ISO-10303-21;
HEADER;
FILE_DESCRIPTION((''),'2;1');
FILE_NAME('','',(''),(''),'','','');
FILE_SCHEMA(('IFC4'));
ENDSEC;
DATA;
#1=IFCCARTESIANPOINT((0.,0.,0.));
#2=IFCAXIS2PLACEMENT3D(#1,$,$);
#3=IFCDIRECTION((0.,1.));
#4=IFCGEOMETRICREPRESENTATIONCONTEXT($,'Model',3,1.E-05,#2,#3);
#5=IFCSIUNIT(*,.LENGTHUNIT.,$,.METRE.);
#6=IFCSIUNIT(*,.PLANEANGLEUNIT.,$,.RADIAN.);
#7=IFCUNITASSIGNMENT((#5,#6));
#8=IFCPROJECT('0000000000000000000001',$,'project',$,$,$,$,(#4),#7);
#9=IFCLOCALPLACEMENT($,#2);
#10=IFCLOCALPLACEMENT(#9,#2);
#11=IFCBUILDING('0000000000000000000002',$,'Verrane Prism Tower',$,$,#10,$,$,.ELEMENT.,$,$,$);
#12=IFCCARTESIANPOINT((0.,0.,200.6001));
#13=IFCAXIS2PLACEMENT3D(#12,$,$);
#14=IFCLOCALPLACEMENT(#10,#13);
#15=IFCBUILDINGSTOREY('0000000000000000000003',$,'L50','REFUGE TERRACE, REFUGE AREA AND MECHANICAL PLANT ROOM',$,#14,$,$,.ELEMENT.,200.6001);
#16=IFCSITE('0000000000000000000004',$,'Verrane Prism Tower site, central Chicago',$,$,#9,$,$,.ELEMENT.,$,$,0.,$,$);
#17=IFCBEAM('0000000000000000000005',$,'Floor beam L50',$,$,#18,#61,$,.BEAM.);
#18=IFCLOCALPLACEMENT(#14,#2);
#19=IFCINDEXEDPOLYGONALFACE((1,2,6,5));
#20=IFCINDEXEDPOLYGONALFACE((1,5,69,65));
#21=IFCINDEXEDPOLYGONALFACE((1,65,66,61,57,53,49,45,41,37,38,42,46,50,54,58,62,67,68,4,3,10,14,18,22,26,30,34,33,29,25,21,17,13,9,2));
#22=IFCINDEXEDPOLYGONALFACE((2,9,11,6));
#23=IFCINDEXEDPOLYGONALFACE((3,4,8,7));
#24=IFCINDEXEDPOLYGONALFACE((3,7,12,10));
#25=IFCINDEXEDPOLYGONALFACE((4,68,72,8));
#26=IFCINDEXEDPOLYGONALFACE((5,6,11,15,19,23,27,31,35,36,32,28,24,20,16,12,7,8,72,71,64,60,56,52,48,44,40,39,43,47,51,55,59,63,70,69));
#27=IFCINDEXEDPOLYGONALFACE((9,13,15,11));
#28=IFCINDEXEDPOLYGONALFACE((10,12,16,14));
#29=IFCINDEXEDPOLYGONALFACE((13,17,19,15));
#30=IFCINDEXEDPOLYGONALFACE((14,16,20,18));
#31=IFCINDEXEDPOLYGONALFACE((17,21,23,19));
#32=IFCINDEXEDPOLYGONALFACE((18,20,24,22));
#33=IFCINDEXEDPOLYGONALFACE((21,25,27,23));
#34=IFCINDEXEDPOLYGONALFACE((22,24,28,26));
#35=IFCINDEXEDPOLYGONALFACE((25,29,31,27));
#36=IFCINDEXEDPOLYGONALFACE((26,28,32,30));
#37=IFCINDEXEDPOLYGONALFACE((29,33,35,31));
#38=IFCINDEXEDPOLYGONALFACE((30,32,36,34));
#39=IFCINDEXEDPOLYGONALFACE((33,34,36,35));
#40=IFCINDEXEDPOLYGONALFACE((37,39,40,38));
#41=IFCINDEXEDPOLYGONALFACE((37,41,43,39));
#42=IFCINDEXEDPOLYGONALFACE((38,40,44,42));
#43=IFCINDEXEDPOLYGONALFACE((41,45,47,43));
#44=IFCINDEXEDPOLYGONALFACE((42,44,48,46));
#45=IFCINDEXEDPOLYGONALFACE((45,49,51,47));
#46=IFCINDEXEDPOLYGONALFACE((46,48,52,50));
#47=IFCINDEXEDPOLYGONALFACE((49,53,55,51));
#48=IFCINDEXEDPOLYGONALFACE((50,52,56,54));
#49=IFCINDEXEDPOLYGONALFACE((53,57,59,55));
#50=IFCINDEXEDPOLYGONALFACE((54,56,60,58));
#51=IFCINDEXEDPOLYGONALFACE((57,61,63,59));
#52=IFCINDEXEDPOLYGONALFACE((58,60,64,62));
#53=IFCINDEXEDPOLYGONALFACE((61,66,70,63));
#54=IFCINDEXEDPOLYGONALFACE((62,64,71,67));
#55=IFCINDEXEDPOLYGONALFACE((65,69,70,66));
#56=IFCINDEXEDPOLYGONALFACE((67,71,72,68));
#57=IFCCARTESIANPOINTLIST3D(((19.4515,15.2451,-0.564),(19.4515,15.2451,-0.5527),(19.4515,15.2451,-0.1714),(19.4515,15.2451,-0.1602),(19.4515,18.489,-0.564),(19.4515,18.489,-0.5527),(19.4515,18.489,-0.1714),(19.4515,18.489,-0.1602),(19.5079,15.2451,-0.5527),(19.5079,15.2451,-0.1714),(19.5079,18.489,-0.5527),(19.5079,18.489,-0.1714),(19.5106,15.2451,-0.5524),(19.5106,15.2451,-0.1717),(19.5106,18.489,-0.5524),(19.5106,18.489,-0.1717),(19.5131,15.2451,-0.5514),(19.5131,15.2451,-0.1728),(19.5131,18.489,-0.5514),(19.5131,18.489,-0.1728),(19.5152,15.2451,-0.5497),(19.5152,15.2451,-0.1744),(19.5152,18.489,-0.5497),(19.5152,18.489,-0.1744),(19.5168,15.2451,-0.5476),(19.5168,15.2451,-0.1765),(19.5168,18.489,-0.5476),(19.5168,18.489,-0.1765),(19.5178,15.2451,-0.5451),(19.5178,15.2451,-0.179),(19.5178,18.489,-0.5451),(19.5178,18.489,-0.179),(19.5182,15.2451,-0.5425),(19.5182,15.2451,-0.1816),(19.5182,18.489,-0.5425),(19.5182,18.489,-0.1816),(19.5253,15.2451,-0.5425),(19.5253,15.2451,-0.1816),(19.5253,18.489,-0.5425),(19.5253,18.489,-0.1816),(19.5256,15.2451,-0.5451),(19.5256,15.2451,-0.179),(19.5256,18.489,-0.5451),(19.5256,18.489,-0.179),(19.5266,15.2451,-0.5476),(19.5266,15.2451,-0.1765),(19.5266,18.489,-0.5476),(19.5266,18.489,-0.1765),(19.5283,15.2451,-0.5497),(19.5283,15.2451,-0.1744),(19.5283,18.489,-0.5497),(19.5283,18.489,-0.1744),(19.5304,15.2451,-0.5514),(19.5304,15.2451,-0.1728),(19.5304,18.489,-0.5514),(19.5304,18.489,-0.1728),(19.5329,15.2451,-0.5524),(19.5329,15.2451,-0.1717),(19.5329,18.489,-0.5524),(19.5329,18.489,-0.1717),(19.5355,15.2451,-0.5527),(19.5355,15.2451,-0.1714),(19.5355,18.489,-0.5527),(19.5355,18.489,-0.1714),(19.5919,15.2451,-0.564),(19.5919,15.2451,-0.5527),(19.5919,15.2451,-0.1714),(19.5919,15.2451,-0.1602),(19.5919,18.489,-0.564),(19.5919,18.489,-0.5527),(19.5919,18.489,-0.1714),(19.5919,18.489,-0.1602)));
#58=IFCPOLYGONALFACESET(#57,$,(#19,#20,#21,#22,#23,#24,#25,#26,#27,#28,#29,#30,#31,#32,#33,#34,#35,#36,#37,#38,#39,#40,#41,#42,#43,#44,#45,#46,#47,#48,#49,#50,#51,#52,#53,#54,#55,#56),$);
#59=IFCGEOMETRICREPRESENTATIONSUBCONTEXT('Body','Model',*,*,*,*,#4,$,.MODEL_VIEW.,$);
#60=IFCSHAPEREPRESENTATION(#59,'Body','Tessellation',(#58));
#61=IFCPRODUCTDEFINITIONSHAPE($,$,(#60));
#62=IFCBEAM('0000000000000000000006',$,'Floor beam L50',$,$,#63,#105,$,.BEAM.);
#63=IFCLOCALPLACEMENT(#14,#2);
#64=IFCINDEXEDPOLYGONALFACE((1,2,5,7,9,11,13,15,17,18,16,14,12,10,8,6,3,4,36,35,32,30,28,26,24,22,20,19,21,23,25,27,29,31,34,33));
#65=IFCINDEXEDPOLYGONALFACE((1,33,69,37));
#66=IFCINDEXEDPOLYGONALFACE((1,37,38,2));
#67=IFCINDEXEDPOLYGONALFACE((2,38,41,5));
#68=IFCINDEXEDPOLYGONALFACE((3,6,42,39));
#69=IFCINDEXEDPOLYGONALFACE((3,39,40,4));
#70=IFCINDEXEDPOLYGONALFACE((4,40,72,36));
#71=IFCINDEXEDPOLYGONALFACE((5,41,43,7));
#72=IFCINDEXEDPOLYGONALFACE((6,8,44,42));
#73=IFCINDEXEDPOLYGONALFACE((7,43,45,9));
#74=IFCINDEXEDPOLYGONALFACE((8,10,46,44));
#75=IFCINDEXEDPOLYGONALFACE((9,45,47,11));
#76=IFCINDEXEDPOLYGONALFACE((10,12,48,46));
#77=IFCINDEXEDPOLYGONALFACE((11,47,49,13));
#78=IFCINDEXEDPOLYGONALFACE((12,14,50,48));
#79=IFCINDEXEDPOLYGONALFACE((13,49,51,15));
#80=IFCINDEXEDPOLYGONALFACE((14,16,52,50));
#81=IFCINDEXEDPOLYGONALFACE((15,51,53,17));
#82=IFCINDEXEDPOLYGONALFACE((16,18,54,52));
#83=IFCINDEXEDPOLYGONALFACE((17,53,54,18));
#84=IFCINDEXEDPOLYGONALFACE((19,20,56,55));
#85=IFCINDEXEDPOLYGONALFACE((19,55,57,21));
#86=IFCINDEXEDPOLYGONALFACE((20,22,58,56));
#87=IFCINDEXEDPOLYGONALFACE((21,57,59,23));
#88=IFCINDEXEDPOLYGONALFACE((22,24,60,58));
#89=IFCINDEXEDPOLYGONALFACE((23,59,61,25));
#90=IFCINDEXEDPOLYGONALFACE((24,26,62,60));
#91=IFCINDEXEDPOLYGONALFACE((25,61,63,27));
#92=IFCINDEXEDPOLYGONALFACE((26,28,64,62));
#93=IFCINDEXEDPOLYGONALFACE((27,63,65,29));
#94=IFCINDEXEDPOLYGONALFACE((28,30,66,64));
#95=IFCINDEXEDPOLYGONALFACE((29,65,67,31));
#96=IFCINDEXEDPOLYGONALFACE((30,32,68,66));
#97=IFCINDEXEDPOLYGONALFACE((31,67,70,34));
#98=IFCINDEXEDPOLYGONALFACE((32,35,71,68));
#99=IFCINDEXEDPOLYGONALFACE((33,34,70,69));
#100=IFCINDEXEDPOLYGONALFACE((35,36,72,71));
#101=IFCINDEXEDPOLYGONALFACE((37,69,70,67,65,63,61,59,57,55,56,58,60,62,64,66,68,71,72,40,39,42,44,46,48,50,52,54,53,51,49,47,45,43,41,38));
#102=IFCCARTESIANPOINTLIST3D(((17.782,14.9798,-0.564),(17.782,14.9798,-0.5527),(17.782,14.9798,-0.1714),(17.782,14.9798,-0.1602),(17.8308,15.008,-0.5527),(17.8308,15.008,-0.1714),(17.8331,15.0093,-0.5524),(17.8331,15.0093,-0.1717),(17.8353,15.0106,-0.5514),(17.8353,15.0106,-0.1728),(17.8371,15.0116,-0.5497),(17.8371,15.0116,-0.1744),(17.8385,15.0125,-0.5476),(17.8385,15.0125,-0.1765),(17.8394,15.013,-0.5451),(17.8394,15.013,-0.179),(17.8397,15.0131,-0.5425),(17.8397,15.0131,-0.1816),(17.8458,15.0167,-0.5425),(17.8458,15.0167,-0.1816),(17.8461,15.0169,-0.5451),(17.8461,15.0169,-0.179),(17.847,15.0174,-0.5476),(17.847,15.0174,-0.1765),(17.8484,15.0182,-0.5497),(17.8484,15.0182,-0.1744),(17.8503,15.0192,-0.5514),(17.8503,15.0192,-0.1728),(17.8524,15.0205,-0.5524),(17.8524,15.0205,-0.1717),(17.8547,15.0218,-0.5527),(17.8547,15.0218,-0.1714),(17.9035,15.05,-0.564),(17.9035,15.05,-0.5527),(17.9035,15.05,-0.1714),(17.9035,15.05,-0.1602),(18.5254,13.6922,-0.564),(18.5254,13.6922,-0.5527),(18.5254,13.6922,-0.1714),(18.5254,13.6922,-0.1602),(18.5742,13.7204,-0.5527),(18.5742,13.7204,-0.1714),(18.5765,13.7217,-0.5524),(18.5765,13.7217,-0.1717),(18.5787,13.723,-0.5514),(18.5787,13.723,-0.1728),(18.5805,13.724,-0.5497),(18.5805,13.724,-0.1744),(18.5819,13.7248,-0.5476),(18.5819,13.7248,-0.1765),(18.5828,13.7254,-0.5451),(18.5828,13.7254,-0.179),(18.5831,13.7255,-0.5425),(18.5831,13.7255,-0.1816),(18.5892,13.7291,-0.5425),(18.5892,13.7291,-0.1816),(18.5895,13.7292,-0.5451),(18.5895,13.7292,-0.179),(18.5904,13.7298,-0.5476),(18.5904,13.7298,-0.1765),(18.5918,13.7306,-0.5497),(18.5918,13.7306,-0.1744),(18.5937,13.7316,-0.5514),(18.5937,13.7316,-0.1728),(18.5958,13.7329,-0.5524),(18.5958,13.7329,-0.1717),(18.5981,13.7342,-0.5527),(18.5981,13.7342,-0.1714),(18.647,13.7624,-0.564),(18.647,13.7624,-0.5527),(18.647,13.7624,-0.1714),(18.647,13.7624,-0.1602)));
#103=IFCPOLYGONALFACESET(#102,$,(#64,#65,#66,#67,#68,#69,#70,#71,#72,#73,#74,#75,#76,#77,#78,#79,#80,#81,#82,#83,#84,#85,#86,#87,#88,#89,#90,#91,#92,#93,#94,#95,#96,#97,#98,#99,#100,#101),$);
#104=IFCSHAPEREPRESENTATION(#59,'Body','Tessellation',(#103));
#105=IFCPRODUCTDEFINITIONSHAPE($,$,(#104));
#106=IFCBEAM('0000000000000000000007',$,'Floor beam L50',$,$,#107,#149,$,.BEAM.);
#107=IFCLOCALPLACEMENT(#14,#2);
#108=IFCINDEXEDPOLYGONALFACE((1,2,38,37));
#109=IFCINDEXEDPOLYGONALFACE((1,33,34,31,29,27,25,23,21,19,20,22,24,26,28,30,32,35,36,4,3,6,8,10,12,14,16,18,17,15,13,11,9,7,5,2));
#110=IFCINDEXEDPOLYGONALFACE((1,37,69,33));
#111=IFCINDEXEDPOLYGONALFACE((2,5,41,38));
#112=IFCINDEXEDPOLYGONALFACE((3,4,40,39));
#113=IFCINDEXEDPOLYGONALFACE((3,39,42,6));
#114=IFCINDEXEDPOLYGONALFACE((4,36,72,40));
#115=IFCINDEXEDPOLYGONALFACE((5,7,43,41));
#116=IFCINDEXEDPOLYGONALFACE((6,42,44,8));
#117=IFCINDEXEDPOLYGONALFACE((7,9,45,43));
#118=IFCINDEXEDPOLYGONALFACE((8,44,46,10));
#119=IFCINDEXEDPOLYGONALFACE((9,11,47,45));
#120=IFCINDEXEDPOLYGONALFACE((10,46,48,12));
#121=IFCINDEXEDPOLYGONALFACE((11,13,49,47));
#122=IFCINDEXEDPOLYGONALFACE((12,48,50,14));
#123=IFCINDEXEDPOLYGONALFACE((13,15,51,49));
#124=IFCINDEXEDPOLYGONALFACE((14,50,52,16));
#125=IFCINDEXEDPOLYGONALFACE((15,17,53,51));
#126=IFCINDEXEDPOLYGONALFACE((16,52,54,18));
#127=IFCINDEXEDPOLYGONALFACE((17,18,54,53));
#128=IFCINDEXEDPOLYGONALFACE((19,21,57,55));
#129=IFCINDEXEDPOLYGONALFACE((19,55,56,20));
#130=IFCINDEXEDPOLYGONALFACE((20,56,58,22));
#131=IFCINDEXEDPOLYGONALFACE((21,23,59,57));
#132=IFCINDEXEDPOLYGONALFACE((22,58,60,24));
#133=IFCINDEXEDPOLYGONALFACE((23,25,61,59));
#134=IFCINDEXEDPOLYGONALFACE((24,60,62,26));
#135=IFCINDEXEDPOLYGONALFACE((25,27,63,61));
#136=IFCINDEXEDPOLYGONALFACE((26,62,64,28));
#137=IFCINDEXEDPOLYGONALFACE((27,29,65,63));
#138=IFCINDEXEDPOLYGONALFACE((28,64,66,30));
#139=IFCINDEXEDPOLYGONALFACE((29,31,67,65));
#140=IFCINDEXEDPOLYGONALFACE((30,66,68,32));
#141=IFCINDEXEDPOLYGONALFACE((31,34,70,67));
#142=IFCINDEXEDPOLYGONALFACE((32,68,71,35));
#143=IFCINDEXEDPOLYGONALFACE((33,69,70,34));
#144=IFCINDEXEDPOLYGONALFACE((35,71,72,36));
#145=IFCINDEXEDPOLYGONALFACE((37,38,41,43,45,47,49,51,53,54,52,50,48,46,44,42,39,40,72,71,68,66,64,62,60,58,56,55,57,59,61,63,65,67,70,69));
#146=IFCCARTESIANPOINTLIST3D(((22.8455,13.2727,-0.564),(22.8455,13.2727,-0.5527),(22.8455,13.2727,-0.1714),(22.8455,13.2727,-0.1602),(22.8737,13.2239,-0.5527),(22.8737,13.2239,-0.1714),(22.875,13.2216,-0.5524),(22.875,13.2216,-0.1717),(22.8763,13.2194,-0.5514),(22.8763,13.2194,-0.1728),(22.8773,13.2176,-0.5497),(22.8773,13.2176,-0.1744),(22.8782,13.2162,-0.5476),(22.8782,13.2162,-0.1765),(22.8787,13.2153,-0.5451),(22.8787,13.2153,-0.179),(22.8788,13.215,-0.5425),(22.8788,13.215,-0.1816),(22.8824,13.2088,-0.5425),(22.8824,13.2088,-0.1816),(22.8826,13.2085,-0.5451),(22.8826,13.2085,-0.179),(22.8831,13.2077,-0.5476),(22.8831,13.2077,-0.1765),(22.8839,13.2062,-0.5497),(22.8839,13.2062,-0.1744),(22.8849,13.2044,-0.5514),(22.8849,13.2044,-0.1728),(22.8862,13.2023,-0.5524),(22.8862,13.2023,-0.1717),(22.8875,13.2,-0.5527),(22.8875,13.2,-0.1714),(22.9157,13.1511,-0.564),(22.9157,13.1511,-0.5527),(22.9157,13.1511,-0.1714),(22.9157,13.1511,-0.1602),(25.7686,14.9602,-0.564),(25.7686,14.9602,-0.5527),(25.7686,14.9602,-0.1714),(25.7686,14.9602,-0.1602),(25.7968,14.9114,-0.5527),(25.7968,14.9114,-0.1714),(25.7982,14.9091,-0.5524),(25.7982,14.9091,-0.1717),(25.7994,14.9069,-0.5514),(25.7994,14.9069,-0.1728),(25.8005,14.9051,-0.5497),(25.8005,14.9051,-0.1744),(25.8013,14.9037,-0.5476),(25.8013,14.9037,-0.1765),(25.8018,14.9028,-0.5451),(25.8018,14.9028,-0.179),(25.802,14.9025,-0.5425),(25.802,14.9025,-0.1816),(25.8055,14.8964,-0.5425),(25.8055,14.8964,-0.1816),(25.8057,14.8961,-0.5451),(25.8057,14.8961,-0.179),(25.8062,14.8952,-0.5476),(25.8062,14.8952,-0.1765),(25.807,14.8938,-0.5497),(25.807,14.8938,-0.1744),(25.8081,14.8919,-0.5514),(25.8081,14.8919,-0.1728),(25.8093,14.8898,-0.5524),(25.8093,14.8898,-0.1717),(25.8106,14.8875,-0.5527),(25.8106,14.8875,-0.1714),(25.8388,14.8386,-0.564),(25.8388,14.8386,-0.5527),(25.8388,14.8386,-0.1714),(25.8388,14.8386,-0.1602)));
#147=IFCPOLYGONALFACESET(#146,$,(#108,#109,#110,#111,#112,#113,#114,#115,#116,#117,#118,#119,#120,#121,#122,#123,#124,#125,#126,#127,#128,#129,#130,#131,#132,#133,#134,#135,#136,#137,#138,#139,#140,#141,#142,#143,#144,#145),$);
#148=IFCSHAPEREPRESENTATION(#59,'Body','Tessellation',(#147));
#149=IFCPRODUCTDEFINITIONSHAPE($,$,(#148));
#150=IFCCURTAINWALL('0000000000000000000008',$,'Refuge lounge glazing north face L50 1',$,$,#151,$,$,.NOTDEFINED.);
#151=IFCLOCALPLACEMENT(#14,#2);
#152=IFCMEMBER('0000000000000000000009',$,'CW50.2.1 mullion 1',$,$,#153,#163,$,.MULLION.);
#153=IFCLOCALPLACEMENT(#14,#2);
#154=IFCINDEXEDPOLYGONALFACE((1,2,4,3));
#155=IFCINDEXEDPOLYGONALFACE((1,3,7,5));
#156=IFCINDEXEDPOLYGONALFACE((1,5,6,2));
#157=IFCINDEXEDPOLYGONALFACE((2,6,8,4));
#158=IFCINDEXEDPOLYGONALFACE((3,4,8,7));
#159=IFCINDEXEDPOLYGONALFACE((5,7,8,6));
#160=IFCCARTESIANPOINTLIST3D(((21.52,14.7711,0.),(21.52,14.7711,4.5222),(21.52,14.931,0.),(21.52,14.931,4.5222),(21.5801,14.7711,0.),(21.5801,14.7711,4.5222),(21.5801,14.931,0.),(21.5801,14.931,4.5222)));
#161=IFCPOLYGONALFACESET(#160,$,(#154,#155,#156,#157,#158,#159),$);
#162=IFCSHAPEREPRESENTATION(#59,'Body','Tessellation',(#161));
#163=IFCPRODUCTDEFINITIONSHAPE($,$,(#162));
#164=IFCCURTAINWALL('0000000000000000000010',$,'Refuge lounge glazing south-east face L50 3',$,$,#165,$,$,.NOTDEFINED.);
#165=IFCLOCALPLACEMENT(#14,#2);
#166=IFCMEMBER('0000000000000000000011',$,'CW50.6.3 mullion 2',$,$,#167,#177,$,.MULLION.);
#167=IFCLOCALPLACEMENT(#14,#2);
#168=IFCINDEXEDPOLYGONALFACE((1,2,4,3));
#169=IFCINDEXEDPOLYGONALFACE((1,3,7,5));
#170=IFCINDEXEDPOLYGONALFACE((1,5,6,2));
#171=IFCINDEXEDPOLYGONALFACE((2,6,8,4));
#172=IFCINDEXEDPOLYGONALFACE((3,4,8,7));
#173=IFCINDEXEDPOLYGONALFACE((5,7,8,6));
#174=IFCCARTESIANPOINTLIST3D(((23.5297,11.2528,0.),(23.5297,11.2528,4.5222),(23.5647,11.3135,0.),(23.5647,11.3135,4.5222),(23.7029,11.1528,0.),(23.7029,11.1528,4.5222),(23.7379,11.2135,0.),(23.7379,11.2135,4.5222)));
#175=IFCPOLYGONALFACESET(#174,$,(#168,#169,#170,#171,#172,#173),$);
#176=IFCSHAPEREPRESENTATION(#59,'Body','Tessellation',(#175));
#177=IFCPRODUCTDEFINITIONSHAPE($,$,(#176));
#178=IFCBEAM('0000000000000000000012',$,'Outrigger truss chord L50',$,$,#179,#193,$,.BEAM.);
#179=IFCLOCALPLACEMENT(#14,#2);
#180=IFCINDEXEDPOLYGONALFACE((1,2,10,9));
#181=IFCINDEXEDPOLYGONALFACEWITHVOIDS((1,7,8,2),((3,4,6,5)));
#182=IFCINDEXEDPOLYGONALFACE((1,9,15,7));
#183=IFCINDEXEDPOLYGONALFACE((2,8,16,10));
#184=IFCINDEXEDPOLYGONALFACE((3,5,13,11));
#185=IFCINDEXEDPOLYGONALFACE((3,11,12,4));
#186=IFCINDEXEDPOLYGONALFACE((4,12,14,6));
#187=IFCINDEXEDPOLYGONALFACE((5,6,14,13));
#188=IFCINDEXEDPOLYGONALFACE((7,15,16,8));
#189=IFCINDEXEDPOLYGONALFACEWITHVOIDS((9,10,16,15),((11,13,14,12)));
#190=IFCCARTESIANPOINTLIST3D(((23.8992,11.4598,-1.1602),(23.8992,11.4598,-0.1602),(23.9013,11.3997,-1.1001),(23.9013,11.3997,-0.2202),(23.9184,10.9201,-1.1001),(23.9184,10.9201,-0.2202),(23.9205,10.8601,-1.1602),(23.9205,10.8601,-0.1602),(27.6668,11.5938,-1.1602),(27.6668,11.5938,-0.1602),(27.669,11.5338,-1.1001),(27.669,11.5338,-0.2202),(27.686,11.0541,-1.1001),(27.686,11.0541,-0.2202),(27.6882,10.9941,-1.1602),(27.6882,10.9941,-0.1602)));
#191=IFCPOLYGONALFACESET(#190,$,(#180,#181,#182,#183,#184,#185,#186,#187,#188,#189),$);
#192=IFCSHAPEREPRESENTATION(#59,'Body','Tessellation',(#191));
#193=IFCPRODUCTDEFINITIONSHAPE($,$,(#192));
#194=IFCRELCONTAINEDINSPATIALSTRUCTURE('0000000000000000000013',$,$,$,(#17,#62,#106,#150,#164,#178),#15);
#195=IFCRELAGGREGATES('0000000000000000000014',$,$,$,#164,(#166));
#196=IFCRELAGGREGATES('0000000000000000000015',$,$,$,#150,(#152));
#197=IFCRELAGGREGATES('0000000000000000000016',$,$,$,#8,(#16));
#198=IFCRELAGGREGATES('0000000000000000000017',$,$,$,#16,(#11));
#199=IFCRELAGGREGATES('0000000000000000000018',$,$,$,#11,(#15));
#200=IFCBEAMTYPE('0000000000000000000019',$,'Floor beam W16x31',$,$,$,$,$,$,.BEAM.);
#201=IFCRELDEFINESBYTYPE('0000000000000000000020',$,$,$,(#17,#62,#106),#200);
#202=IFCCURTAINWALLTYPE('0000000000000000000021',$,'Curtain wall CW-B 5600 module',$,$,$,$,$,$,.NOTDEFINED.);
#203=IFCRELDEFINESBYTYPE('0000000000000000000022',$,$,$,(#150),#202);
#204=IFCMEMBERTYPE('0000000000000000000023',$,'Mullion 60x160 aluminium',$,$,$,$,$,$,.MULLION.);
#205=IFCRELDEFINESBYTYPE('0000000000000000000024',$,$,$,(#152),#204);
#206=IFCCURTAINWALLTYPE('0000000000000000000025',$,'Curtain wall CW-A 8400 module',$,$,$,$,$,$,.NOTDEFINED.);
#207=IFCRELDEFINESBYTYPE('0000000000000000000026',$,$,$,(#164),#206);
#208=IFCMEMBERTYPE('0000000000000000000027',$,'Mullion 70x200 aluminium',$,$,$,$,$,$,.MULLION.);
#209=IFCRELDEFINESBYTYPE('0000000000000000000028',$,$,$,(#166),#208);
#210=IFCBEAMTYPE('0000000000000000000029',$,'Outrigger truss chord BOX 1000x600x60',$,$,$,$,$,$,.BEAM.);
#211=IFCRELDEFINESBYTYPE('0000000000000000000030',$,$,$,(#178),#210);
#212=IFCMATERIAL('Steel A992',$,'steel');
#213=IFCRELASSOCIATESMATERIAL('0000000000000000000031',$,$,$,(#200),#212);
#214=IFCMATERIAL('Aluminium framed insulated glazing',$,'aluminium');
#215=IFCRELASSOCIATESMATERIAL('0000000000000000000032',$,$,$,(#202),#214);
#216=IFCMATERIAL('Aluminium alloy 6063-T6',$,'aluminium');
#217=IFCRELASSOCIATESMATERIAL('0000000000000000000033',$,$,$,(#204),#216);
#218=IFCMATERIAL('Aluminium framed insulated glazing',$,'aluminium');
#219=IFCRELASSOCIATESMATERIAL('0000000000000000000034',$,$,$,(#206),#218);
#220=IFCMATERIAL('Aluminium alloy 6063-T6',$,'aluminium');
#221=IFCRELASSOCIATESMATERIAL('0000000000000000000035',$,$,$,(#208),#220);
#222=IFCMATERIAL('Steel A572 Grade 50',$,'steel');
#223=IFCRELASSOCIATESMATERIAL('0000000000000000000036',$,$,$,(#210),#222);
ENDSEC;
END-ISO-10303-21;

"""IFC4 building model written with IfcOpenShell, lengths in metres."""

from ifc_helpers import new_model, si_unit, direction, frame, origin, origin_2d, place, context, subcontext, project, spatial, rectangle, hollow_rectangle, i_section, extrude, material, material_profile, profile_set, type_object, element, aggregate, save


model = new_model("IFC4")

# Units and contexts
model_context = context("Model", 3, precision=1e-05, world=origin(), true_north=direction((0.0, 1.0)))
body_context = subcontext(model_context, "Body", "Model", "MODEL_VIEW")
ifc_project = project(units=[si_unit("LENGTHUNIT", "METRE"), si_unit("PLANEANGLEUNIT", "RADIAN")], contexts=[model_context])

# Site, building, storey
site_placement = place(None, origin())
site = spatial("IfcSite", under=ifc_project, at=site_placement, Name="Verrane Prism Tower site, central Chicago", CompositionType="ELEMENT", RefElevation=0.0)
building_placement = place(site_placement, origin())
building = spatial("IfcBuilding", under=site, at=building_placement, Name="Verrane Prism Tower", CompositionType="ELEMENT")
storey_placement = place(building_placement, frame((0.0, 0.0, 200.6001)))
storey = spatial("IfcBuildingStorey", under=building, at=storey_placement, Name="L50", Description="REFUGE TERRACE, REFUGE AREA AND MECHANICAL PLANT ROOM", CompositionType="ELEMENT", Elevation=200.6001)

# Beams
ifc_material_1 = material(Name="Steel A992", Category="steel")
ifc_material_profile_1 = material_profile(ifc_material_1, i_section(OverallWidth=0.1404, OverallDepth=0.4038, WebThickness=0.0071, FlangeThickness=0.0112, FilletRadius=0.0103, at=origin_2d()), Name="W16x31")
ifc_profile_set_1 = profile_set([ifc_material_profile_1], Name="Steel A992")
beam_type_1 = type_object("IfcBeamType", Name="Floor beam W16x31", PredefinedType="BEAM", material=ifc_profile_set_1)
beam_1_placement = place(storey_placement, frame((19.5217, 15.2451, -0.3621), z_axis=(0.0, 1.0, 0.0), x_axis=(-1.0, 0.0, 0.0)))
element("IfcBeam", 1, at=beam_1_placement, inside=storey, type_object=beam_type_1, Name="Floor beam L50", PredefinedType="BEAM", context=body_context, shape_type="SweptSolid", body=[
    extrude(i_section(OverallWidth=0.1404, OverallDepth=0.4038, WebThickness=0.0071, FlangeThickness=0.0112, FilletRadius=0.0103, at=origin_2d()), origin(), (0.0, 0.0, 1.0), 3.2439),
])
beam_2_placement = place(storey_placement, frame((18.5862, 13.7273, -0.3621), z_axis=(-0.500007, 0.866022, 0.0), x_axis=(-0.866022, -0.500007, 0.0)))
element("IfcBeam", 2, at=beam_2_placement, inside=storey, type_object=beam_type_1, Name="Floor beam L50", PredefinedType="BEAM", context=body_context, shape_type="SweptSolid", body=[
    extrude(i_section(OverallWidth=0.1404, OverallDepth=0.4038, WebThickness=0.0071, FlangeThickness=0.0112, FilletRadius=0.0103, at=origin_2d()), origin(), (0.0, 0.0, 1.0), 1.4868),
])
beam_3_placement = place(storey_placement, frame((22.8806, 13.2119, -0.3621), z_axis=(0.866045, 0.499967, 0.0), x_axis=(-0.499967, 0.866045, 0.0)))
element("IfcBeam", 3, at=beam_3_placement, inside=storey, type_object=beam_type_1, Name="Floor beam L50", PredefinedType="BEAM", context=body_context, shape_type="SweptSolid", body=[
    extrude(i_section(OverallWidth=0.1404, OverallDepth=0.4038, WebThickness=0.0071, FlangeThickness=0.0112, FilletRadius=0.0103, at=origin_2d()), origin(), (0.0, 0.0, 1.0), 3.3752),
])

# Curtain walls, members
ifc_material_2 = material(Name="Aluminium framed insulated glazing", Category="aluminium")
curtain_wall_type_1 = type_object("IfcCurtainWallType", Name="Curtain wall CW-B 5600 module", PredefinedType="NOTDEFINED", material=ifc_material_2)
curtain_wall_1_placement = place(storey_placement, origin())
curtain_wall_1 = element("IfcCurtainWall", 4, at=curtain_wall_1_placement, inside=storey, type_object=curtain_wall_type_1, Name="Refuge lounge glazing north face L50 1", PredefinedType="NOTDEFINED")
ifc_material_3 = material(Name="Aluminium alloy 6063-T6", Category="aluminium")
ifc_material_profile_2 = material_profile(ifc_material_3, rectangle(XDim=0.1599, YDim=0.0601, at=origin_2d()), Name="Mullion 60x160 aluminium")
ifc_profile_set_2 = profile_set([ifc_material_profile_2], Name="Aluminium alloy 6063-T6")
member_type_1 = type_object("IfcMemberType", Name="Mullion 60x160 aluminium", PredefinedType="MULLION", material=ifc_profile_set_2)
member_1_placement = place(storey_placement, frame((21.55, 14.8511, 0.0), z_axis=(0.0, 0.0, 1.0), x_axis=(0.0, -1.0, 0.0)))
member_1 = element("IfcMember", 5, at=member_1_placement, type_object=member_type_1, Name="CW50.2.1 mullion 1", PredefinedType="MULLION", context=body_context, shape_type="SweptSolid", body=[
    extrude(rectangle(XDim=0.1599, YDim=0.0601, at=origin_2d()), origin(), (0.0, 0.0, 1.0), 4.5222),
])
ifc_material_4 = material(Name="Aluminium framed insulated glazing", Category="aluminium")
curtain_wall_type_2 = type_object("IfcCurtainWallType", Name="Curtain wall CW-A 8400 module", PredefinedType="NOTDEFINED", material=ifc_material_4)
curtain_wall_2_placement = place(storey_placement, origin())
curtain_wall_2 = element("IfcCurtainWall", 6, at=curtain_wall_2_placement, inside=storey, type_object=curtain_wall_type_2, Name="Refuge lounge glazing south-east face L50 3", PredefinedType="NOTDEFINED")
ifc_material_5 = material(Name="Aluminium alloy 6063-T6", Category="aluminium")
ifc_material_profile_3 = material_profile(ifc_material_5, rectangle(XDim=0.2, YDim=0.0701, at=origin_2d()), Name="Mullion 70x200 aluminium")
ifc_profile_set_3 = profile_set([ifc_material_profile_3], Name="Aluminium alloy 6063-T6")
member_type_2 = type_object("IfcMemberType", Name="Mullion 70x200 aluminium", PredefinedType="MULLION", material=ifc_profile_set_3)
member_2_placement = place(storey_placement, frame((23.6338, 11.2332, 0.0), z_axis=(0.0, 0.0, 1.0), x_axis=(-0.866028, 0.499996, 0.0)))
member_2 = element("IfcMember", 7, at=member_2_placement, type_object=member_type_2, Name="CW50.6.3 mullion 2", PredefinedType="MULLION", context=body_context, shape_type="SweptSolid", body=[
    extrude(rectangle(XDim=0.2, YDim=0.0701, at=origin_2d()), origin(), (0.0, 0.0, 1.0), 4.5222),
])
aggregate(curtain_wall_2, [member_2])

# Beam
ifc_material_6 = material(Name="Steel A572 Grade 50", Category="steel")
ifc_material_profile_4 = material_profile(ifc_material_6, hollow_rectangle(XDim=0.6001, YDim=1.0, WallThickness=0.0601, at=origin_2d()), Name="BOX 1000x600x60")
ifc_profile_set_4 = profile_set([ifc_material_profile_4], Name="Steel A572 Grade 50")
beam_type_2 = type_object("IfcBeamType", Name="Outrigger truss chord BOX 1000x600x60", PredefinedType="BEAM", material=ifc_profile_set_4)
beam_4_placement = place(storey_placement, frame((27.6775, 11.2939, -0.6602), z_axis=(-0.999368, -0.035553, 0.0), x_axis=(0.035553, -0.999368, 0.0)))
element("IfcBeam", 8, at=beam_4_placement, inside=storey, type_object=beam_type_2, Name="Outrigger truss chord L50", PredefinedType="BEAM", context=body_context, shape_type="SweptSolid", body=[
    extrude(hollow_rectangle(XDim=0.6001, YDim=1.0, WallThickness=0.0601, at=origin_2d()), origin(), (0.0, 0.0, 1.0), 3.77),
])

aggregate(curtain_wall_1, [member_1])

save(model, "model.ifc")
